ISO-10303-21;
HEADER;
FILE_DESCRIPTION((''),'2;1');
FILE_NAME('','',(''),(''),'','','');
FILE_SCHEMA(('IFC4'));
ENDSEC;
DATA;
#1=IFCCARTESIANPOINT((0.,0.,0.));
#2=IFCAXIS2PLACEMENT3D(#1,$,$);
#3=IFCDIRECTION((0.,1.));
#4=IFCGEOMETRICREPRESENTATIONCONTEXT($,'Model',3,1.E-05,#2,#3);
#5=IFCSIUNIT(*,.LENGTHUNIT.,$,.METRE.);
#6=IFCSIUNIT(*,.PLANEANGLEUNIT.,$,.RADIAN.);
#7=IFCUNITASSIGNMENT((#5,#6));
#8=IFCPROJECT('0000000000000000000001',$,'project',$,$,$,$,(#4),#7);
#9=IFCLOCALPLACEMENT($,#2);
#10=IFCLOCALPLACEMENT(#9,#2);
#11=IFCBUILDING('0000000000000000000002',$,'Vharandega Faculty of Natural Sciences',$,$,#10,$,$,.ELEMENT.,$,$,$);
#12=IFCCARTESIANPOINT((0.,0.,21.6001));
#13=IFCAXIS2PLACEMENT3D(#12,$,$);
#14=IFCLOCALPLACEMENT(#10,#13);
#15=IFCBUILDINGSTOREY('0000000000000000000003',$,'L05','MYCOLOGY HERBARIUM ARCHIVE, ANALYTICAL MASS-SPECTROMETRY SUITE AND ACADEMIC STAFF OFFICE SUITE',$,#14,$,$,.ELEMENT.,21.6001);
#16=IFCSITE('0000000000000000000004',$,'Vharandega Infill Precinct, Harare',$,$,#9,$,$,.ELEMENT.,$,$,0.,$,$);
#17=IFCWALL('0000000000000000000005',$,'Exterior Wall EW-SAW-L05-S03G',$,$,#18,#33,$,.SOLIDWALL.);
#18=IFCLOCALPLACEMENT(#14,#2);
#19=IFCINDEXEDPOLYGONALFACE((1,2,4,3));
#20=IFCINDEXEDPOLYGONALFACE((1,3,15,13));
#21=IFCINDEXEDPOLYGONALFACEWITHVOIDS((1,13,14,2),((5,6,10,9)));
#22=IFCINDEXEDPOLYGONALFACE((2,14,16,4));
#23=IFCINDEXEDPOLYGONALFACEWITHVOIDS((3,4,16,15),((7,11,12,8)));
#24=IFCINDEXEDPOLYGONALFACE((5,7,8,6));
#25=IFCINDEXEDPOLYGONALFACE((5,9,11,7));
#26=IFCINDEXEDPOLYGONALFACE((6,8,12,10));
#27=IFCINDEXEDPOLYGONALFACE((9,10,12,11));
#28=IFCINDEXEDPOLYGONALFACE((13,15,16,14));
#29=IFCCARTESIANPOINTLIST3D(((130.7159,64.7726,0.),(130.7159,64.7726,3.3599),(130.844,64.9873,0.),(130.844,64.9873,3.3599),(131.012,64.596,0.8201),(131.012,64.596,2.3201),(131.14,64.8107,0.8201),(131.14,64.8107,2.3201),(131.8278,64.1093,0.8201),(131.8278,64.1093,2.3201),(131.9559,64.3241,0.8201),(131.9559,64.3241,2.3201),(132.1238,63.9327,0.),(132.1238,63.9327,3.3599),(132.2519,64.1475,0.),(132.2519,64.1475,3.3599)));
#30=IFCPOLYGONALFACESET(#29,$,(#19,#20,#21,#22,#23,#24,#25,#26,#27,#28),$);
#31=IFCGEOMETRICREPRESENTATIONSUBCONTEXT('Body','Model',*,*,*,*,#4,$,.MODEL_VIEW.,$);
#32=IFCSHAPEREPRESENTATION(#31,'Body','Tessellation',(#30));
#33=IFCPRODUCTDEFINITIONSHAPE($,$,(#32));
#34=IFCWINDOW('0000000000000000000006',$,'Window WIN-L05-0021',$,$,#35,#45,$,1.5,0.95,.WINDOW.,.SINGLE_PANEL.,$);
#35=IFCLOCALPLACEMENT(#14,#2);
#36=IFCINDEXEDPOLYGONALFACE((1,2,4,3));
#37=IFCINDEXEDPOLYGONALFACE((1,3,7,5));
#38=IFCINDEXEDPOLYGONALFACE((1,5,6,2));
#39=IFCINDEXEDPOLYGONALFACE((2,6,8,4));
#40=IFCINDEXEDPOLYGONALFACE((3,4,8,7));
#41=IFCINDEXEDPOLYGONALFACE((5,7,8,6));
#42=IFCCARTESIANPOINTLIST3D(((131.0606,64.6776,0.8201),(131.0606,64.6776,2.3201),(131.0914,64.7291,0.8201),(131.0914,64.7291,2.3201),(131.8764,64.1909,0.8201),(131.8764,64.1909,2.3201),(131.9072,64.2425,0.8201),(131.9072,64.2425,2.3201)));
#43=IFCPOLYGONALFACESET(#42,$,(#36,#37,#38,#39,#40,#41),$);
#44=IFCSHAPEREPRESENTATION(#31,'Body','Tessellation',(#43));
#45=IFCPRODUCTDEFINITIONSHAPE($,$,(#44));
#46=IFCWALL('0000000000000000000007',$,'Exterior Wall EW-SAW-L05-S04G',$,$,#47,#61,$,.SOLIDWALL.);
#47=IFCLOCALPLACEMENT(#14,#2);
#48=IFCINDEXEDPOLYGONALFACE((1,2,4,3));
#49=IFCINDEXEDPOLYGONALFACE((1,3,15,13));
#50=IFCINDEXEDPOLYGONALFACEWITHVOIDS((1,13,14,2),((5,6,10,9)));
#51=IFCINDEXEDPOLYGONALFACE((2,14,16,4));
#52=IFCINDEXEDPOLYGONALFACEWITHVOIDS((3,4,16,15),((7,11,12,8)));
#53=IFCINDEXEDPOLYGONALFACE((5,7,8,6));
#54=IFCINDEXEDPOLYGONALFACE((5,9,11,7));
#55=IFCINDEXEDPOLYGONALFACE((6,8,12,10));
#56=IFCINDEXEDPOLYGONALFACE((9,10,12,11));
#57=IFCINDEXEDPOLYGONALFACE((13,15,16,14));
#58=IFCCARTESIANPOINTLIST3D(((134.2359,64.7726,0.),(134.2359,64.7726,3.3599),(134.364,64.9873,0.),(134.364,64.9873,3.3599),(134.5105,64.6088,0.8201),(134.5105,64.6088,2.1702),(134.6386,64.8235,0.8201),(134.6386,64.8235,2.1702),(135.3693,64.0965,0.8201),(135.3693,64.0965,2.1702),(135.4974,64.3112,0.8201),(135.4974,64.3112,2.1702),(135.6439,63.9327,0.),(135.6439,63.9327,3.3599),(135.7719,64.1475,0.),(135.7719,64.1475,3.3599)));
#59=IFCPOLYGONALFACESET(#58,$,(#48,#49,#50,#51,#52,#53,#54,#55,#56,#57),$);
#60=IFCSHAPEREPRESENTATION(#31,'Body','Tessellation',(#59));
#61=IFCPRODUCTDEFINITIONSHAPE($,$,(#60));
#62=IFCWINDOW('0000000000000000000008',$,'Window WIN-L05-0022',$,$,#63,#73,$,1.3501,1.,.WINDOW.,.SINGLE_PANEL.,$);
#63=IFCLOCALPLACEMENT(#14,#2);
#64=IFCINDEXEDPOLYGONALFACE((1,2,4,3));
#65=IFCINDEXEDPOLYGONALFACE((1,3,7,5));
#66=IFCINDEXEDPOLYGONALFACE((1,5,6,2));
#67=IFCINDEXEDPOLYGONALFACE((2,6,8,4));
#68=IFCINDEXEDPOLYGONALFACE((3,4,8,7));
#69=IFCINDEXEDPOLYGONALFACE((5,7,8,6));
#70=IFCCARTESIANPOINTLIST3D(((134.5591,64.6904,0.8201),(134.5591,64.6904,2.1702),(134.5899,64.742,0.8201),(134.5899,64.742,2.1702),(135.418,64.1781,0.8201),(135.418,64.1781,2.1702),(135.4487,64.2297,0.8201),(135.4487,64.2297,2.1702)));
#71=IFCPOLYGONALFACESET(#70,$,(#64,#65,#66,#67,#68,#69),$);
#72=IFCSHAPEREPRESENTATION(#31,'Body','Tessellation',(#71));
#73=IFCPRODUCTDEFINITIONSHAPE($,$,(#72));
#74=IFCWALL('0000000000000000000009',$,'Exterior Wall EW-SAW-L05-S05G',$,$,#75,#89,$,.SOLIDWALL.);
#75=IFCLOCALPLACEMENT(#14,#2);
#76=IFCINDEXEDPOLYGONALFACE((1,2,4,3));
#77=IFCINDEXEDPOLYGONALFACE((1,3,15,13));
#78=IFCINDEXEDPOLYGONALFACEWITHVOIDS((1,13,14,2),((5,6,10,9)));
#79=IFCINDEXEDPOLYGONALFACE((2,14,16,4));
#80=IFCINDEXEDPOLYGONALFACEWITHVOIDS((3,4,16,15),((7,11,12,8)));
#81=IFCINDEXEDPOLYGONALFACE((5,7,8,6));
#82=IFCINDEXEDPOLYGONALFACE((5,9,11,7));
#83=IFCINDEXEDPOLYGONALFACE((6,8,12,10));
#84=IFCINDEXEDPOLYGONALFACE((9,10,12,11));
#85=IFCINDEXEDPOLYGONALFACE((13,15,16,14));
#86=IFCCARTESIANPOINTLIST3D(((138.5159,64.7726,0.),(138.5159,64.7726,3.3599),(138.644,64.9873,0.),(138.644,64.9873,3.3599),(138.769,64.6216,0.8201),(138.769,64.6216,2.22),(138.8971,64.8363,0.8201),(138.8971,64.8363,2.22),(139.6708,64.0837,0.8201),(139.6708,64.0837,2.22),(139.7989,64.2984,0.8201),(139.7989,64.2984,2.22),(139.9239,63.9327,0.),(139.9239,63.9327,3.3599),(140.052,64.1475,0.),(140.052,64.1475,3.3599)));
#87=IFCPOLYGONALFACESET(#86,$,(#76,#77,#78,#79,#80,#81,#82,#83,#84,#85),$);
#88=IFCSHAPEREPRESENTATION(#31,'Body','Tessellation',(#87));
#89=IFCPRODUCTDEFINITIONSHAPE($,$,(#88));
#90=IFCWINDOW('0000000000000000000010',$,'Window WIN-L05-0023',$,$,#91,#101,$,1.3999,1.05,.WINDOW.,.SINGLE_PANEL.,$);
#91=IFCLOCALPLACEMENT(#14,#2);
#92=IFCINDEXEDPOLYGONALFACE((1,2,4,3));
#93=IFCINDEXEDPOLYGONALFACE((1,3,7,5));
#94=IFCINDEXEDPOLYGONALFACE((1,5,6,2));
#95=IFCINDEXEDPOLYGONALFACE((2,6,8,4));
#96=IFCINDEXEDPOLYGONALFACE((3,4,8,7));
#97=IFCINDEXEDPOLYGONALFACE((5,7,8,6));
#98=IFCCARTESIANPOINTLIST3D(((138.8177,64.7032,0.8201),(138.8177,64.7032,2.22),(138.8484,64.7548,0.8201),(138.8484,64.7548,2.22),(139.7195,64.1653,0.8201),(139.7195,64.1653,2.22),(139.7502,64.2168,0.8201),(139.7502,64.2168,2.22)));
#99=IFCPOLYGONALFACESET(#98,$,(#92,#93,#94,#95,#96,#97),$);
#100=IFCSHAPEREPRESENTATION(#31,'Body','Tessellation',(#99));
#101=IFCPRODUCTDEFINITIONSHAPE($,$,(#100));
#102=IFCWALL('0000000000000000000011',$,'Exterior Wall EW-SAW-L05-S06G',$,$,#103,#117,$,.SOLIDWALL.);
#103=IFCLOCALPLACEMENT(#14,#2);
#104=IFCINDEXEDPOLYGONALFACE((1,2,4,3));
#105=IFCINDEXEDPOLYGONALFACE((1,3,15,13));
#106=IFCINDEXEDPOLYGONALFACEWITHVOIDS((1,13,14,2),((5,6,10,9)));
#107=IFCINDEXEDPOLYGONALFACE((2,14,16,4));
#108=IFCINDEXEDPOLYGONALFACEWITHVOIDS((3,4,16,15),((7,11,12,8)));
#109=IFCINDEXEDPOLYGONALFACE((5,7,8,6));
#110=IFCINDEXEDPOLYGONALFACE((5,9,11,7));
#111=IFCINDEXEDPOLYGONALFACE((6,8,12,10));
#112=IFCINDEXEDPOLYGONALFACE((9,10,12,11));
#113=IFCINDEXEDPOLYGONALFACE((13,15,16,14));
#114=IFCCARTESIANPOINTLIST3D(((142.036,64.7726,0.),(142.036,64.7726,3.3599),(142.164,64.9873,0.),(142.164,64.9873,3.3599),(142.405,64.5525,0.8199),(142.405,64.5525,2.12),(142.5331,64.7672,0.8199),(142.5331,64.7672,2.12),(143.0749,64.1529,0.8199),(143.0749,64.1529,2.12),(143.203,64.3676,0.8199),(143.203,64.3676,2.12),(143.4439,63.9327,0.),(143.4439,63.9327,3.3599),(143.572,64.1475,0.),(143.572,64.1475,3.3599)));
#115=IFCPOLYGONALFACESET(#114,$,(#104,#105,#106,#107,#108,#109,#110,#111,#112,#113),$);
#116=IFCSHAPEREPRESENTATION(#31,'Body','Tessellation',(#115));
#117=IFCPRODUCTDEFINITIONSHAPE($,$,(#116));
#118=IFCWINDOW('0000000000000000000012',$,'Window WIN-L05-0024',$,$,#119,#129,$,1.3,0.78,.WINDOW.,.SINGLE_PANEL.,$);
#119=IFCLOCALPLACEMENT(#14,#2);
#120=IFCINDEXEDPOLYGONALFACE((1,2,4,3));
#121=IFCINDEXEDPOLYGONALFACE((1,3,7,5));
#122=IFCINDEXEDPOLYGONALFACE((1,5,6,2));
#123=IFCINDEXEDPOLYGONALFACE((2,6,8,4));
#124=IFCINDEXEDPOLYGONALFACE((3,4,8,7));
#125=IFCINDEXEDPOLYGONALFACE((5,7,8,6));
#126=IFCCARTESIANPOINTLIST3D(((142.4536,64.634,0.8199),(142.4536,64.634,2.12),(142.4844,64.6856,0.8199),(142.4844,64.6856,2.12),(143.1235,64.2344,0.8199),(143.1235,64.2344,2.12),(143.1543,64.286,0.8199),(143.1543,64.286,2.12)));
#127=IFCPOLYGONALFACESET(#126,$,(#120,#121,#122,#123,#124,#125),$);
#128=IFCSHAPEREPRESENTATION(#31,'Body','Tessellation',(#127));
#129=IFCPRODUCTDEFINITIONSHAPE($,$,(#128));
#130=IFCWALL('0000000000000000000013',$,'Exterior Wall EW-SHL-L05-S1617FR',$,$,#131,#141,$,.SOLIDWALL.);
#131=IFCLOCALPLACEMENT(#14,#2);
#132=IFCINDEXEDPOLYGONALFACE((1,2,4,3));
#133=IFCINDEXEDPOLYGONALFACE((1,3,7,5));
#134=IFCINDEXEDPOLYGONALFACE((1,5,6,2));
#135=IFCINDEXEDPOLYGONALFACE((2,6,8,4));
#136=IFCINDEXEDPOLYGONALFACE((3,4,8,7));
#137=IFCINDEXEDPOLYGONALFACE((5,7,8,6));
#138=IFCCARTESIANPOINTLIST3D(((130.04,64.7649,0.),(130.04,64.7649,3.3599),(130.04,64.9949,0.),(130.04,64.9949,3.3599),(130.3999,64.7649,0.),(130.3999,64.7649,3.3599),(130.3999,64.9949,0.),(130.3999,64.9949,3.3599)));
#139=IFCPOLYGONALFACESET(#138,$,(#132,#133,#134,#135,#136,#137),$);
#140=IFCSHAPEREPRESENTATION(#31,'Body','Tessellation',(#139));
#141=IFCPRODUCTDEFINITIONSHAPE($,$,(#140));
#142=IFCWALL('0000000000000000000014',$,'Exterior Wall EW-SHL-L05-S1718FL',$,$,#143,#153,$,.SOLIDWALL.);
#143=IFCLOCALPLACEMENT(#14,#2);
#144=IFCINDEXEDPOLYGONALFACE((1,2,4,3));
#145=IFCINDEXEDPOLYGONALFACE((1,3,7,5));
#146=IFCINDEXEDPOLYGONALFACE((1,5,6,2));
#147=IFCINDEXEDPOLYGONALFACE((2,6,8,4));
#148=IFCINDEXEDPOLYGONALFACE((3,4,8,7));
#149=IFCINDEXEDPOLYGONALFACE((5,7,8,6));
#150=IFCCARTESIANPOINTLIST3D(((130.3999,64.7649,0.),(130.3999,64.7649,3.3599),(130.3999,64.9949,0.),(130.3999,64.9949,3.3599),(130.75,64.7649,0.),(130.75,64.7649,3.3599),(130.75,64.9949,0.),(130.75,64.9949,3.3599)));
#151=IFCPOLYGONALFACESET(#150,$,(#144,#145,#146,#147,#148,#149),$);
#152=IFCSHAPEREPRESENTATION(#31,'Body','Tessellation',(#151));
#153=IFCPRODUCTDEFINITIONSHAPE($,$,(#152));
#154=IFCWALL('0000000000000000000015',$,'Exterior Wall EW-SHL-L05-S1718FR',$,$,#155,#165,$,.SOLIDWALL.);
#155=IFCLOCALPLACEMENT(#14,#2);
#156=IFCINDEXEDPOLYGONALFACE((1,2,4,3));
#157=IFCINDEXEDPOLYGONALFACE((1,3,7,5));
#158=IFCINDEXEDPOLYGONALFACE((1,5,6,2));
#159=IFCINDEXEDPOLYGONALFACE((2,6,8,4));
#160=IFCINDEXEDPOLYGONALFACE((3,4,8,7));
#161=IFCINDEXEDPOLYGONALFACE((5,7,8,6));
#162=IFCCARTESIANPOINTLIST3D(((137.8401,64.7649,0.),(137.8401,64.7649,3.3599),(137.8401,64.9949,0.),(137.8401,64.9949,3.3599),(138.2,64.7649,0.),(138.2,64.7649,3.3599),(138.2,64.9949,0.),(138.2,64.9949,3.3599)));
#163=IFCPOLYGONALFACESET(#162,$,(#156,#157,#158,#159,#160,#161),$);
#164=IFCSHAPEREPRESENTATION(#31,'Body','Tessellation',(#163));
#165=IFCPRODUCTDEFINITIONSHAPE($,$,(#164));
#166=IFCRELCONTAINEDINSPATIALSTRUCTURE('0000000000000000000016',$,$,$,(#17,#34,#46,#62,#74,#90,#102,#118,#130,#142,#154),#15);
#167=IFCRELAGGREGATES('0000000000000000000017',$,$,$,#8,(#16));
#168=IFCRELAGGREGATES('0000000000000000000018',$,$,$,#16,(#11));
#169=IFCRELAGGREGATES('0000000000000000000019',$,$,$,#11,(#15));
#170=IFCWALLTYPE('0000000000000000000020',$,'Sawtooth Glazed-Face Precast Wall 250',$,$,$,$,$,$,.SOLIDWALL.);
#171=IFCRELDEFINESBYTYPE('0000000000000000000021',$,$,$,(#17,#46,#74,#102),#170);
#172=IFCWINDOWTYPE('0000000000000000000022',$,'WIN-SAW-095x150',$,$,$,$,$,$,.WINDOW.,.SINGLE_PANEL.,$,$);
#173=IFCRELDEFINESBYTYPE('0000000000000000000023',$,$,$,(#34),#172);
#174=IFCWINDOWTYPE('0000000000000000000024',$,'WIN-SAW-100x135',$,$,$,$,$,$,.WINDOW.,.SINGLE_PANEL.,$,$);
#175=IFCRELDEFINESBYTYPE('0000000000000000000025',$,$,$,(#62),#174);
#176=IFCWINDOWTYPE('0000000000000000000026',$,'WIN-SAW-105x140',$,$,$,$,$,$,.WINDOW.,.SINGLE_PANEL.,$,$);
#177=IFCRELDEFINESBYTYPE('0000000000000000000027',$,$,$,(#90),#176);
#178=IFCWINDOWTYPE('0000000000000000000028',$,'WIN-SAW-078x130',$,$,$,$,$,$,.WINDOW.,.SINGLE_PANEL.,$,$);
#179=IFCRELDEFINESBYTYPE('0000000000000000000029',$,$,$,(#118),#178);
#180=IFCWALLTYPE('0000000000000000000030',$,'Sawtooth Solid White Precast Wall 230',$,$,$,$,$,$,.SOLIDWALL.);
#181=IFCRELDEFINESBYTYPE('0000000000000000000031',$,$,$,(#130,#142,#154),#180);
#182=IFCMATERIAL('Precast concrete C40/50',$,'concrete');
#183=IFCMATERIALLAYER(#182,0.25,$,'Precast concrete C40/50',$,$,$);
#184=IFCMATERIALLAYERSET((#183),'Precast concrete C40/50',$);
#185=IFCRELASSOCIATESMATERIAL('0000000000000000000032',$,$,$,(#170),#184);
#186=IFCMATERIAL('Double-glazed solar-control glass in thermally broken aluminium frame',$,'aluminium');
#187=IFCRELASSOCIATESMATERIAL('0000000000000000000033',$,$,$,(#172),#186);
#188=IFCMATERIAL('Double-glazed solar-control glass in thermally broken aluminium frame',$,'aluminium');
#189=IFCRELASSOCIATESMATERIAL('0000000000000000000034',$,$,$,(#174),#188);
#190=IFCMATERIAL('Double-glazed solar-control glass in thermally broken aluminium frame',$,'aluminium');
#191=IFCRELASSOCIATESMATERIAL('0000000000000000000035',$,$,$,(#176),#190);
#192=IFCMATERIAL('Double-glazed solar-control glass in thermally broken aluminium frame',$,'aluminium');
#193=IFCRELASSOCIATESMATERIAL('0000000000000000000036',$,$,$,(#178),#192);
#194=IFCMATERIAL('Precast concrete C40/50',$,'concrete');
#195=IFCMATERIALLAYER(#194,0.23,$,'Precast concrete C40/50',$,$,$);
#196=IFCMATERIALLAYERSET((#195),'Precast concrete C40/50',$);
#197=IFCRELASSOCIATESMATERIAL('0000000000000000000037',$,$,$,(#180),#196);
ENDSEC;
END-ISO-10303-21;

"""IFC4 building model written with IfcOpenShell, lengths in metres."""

from ifc_helpers import new_model, si_unit, direction, frame, frame_2d, origin, place, context, subcontext, project, spatial, rectangle, extrude, material, layer, layer_set, type_object, element, fill, save


model = new_model("IFC4")

# Units and contexts
model_context = context("Model", 3, precision=1e-05, world=origin(), true_north=direction((0.0, 1.0)))
body_context = subcontext(model_context, "Body", "Model", "MODEL_VIEW")
ifc_project = project(units=[si_unit("LENGTHUNIT", "METRE"), si_unit("PLANEANGLEUNIT", "RADIAN")], contexts=[model_context])

# Site, building, storey
site_placement = place(None, origin())
site = spatial("IfcSite", under=ifc_project, at=site_placement, Name="Vharandega Infill Precinct, Harare", CompositionType="ELEMENT", RefElevation=0.0)
building_placement = place(site_placement, origin())
building = spatial("IfcBuilding", under=site, at=building_placement, Name="Vharandega Faculty of Natural Sciences", CompositionType="ELEMENT")
storey_placement = place(building_placement, frame((0.0, 0.0, 21.6001)))
storey = spatial("IfcBuildingStorey", under=building, at=storey_placement, Name="L05", Description="MYCOLOGY HERBARIUM ARCHIVE, ANALYTICAL MASS-SPECTROMETRY SUITE AND ACADEMIC STAFF OFFICE SUITE", CompositionType="ELEMENT", Elevation=21.6001)

# Walls, openings, windows
ifc_material_1 = material(Name="Precast concrete C40/50", Category="concrete")
ifc_layer_1 = layer(ifc_material_1, 0.25, Name="Precast concrete C40/50")
ifc_layer_set_1 = layer_set([ifc_layer_1], Name="Precast concrete C40/50")
wall_type_1 = type_object("IfcWallType", Name="Sawtooth Glazed-Face Precast Wall 250", PredefinedType="SOLIDWALL", material=ifc_layer_set_1)
wall_1_placement = place(storey_placement, frame((132.188, 64.04, 0.0), z_axis=(0.0, 0.0, 1.0), x_axis=(-0.858817, 0.512282, 0.0)))
wall_1 = element("IfcWall", 1, at=wall_1_placement, inside=storey, type_object=wall_type_1, Name="Exterior Wall EW-SAW-L05-S03G", PredefinedType="SOLIDWALL", context=body_context, shape_type="SweptSolid", body=[
    extrude(rectangle(XDim=1.6394, YDim=0.25, at=frame_2d((0.8198, 0.0))), origin(), (0.0, 0.0, 1.0), 3.3599),
])
opening_1_placement = place(wall_1_placement, frame((0.3447, 0.0, 0.8201)))
opening_1 = element("IfcOpeningElement", 2, at=opening_1_placement, cuts=wall_1, PredefinedType="OPENING", context=body_context, shape_type="SweptSolid", body=[
    extrude(rectangle(XDim=0.95, YDim=1.5, at=frame_2d((0.4751, 0.75))), frame((0.0, 0.135, 0.0), z_axis=(0.0, -1.0, 0.0), x_axis=(1.0, 0.0, 0.0)), (0.0, 0.0, 1.0), 0.27),
])
ifc_material_2 = material(Name="Double-glazed solar-control glass in thermally broken aluminium frame", Category="aluminium")
window_type_1 = type_object("IfcWindowType", Name="WIN-SAW-095x150", PartitioningType="SINGLE_PANEL", PredefinedType="WINDOW", material=ifc_material_2)
window_1_placement = place(opening_1_placement, origin())
window_1 = element("IfcWindow", 3, at=window_1_placement, inside=storey, type_object=window_type_1, Name="Window WIN-L05-0021", OverallHeight=1.5, OverallWidth=0.95, PartitioningType="SINGLE_PANEL", PredefinedType="WINDOW", context=body_context, shape_type="SweptSolid", body=[
    extrude(rectangle(XDim=0.95, YDim=1.5, at=frame_2d((0.4751, 0.75))), frame((0.0, 0.03, 0.0), z_axis=(0.0, -1.0, 0.0), x_axis=(1.0, 0.0, 0.0)), (0.0, 0.0, 1.0), 0.0601),
])
fill(opening_1, window_1)
wall_2_placement = place(storey_placement, frame((135.708, 64.04, 0.0), z_axis=(0.0, 0.0, 1.0), x_axis=(-0.858817, 0.512282, 0.0)))
wall_2 = element("IfcWall", 4, at=wall_2_placement, inside=storey, type_object=wall_type_1, Name="Exterior Wall EW-SAW-L05-S04G", PredefinedType="SOLIDWALL", context=body_context, shape_type="SweptSolid", body=[
    extrude(rectangle(XDim=1.6394, YDim=0.25, at=frame_2d((0.8198, 0.0))), origin(), (0.0, 0.0, 1.0), 3.3599),
])
opening_2_placement = place(wall_2_placement, frame((0.3198, 0.0, 0.8201)))
opening_2 = element("IfcOpeningElement", 5, at=opening_2_placement, cuts=wall_2, PredefinedType="OPENING", context=body_context, shape_type="SweptSolid", body=[
    extrude(rectangle(XDim=1.0, YDim=1.3501, at=frame_2d((0.5, 0.675))), frame((0.0, 0.135, 0.0), z_axis=(0.0, -1.0, 0.0), x_axis=(1.0, 0.0, 0.0)), (0.0, 0.0, 1.0), 0.27),
])
ifc_material_3 = material(Name="Double-glazed solar-control glass in thermally broken aluminium frame", Category="aluminium")
window_type_2 = type_object("IfcWindowType", Name="WIN-SAW-100x135", PartitioningType="SINGLE_PANEL", PredefinedType="WINDOW", material=ifc_material_3)
window_2_placement = place(opening_2_placement, origin())
window_2 = element("IfcWindow", 6, at=window_2_placement, inside=storey, type_object=window_type_2, Name="Window WIN-L05-0022", OverallHeight=1.3501, OverallWidth=1.0, PartitioningType="SINGLE_PANEL", PredefinedType="WINDOW", context=body_context, shape_type="SweptSolid", body=[
    extrude(rectangle(XDim=1.0, YDim=1.3501, at=frame_2d((0.5, 0.675))), frame((0.0, 0.03, 0.0), z_axis=(0.0, -1.0, 0.0), x_axis=(1.0, 0.0, 0.0)), (0.0, 0.0, 1.0), 0.0601),
])
fill(opening_2, window_2)
wall_3_placement = place(storey_placement, frame((139.988, 64.04, 0.0), z_axis=(0.0, 0.0, 1.0), x_axis=(-0.858817, 0.512282, 0.0)))
wall_3 = element("IfcWall", 7, at=wall_3_placement, inside=storey, type_object=wall_type_1, Name="Exterior Wall EW-SAW-L05-S05G", PredefinedType="SOLIDWALL", context=body_context, shape_type="SweptSolid", body=[
    extrude(rectangle(XDim=1.6394, YDim=0.25, at=frame_2d((0.8198, 0.0))), origin(), (0.0, 0.0, 1.0), 3.3599),
])
opening_3_placement = place(wall_3_placement, frame((0.2949, 0.0, 0.8201)))
opening_3 = element("IfcOpeningElement", 8, at=opening_3_placement, cuts=wall_3, PredefinedType="OPENING", context=body_context, shape_type="SweptSolid", body=[
    extrude(rectangle(XDim=1.05, YDim=1.3999, at=frame_2d((0.5249, 0.7))), frame((0.0, 0.135, 0.0), z_axis=(0.0, -1.0, 0.0), x_axis=(1.0, 0.0, 0.0)), (0.0, 0.0, 1.0), 0.27),
])
ifc_material_4 = material(Name="Double-glazed solar-control glass in thermally broken aluminium frame", Category="aluminium")
window_type_3 = type_object("IfcWindowType", Name="WIN-SAW-105x140", PartitioningType="SINGLE_PANEL", PredefinedType="WINDOW", material=ifc_material_4)
window_3_placement = place(opening_3_placement, origin())
window_3 = element("IfcWindow", 9, at=window_3_placement, inside=storey, type_object=window_type_3, Name="Window WIN-L05-0023", OverallHeight=1.3999, OverallWidth=1.05, PartitioningType="SINGLE_PANEL", PredefinedType="WINDOW", context=body_context, shape_type="SweptSolid", body=[
    extrude(rectangle(XDim=1.05, YDim=1.3999, at=frame_2d((0.5249, 0.7))), frame((0.0, 0.03, 0.0), z_axis=(0.0, -1.0, 0.0), x_axis=(1.0, 0.0, 0.0)), (0.0, 0.0, 1.0), 0.0601),
])
fill(opening_3, window_3)
wall_4_placement = place(storey_placement, frame((143.5081, 64.04, 0.0), z_axis=(0.0, 0.0, 1.0), x_axis=(-0.858817, 0.512282, 0.0)))
wall_4 = element("IfcWall", 10, at=wall_4_placement, inside=storey, type_object=wall_type_1, Name="Exterior Wall EW-SAW-L05-S06G", PredefinedType="SOLIDWALL", context=body_context, shape_type="SweptSolid", body=[
    extrude(rectangle(XDim=1.6394, YDim=0.25, at=frame_2d((0.8198, 0.0))), origin(), (0.0, 0.0, 1.0), 3.3599),
])
opening_4_placement = place(wall_4_placement, frame((0.4297, 0.0, 0.8201)))
opening_4 = element("IfcOpeningElement", 11, at=opening_4_placement, cuts=wall_4, PredefinedType="OPENING", context=body_context, shape_type="SweptSolid", body=[
    extrude(rectangle(XDim=0.78, YDim=1.3, at=frame_2d((0.3901, 0.6499))), frame((0.0, 0.135, 0.0), z_axis=(0.0, -1.0, 0.0), x_axis=(1.0, 0.0, 0.0)), (0.0, 0.0, 1.0), 0.27),
])
ifc_material_5 = material(Name="Double-glazed solar-control glass in thermally broken aluminium frame", Category="aluminium")
window_type_4 = type_object("IfcWindowType", Name="WIN-SAW-078x130", PartitioningType="SINGLE_PANEL", PredefinedType="WINDOW", material=ifc_material_5)
window_4_placement = place(opening_4_placement, origin())
window_4 = element("IfcWindow", 12, at=window_4_placement, inside=storey, type_object=window_type_4, Name="Window WIN-L05-0024", OverallHeight=1.3, OverallWidth=0.78, PartitioningType="SINGLE_PANEL", PredefinedType="WINDOW", context=body_context, shape_type="SweptSolid", body=[
    extrude(rectangle(XDim=0.78, YDim=1.3, at=frame_2d((0.3901, 0.6499))), frame((0.0, 0.03, 0.0), z_axis=(0.0, -1.0, 0.0), x_axis=(1.0, 0.0, 0.0)), (0.0, 0.0, 1.0), 0.0601),
])
fill(opening_4, window_4)

# Walls
ifc_material_6 = material(Name="Precast concrete C40/50", Category="concrete")
ifc_layer_2 = layer(ifc_material_6, 0.23, Name="Precast concrete C40/50")
ifc_layer_set_2 = layer_set([ifc_layer_2], Name="Precast concrete C40/50")
wall_type_2 = type_object("IfcWallType", Name="Sawtooth Solid White Precast Wall 230", PredefinedType="SOLIDWALL", material=ifc_layer_set_2)
wall_5_placement = place(storey_placement, frame((130.3999, 64.8799, 0.0), z_axis=(0.0, 0.0, 1.0), x_axis=(-1.0, 0.0, 0.0)))
element("IfcWall", 13, at=wall_5_placement, inside=storey, type_object=wall_type_2, Name="Exterior Wall EW-SHL-L05-S1617FR", PredefinedType="SOLIDWALL", context=body_context, shape_type="SweptSolid", body=[
    extrude(rectangle(XDim=0.3599, YDim=0.23, at=frame_2d((0.1799, 0.0))), origin(), (0.0, 0.0, 1.0), 3.3599),
])
wall_6_placement = place(storey_placement, frame((130.75, 64.8799, 0.0), z_axis=(0.0, 0.0, 1.0), x_axis=(-1.0, 0.0, 0.0)))
element("IfcWall", 14, at=wall_6_placement, inside=storey, type_object=wall_type_2, Name="Exterior Wall EW-SHL-L05-S1718FL", PredefinedType="SOLIDWALL", context=body_context, shape_type="SweptSolid", body=[
    extrude(rectangle(XDim=0.3501, YDim=0.23, at=frame_2d((0.175, 0.0))), origin(), (0.0, 0.0, 1.0), 3.3599),
])
wall_7_placement = place(storey_placement, frame((138.2, 64.8799, 0.0), z_axis=(0.0, 0.0, 1.0), x_axis=(-1.0, 0.0, 0.0)))
element("IfcWall", 15, at=wall_7_placement, inside=storey, type_object=wall_type_2, Name="Exterior Wall EW-SHL-L05-S1718FR", PredefinedType="SOLIDWALL", context=body_context, shape_type="SweptSolid", body=[
    extrude(rectangle(XDim=0.3599, YDim=0.23, at=frame_2d((0.1799, 0.0))), origin(), (0.0, 0.0, 1.0), 3.3599),
])

save(model, "model.ifc")
